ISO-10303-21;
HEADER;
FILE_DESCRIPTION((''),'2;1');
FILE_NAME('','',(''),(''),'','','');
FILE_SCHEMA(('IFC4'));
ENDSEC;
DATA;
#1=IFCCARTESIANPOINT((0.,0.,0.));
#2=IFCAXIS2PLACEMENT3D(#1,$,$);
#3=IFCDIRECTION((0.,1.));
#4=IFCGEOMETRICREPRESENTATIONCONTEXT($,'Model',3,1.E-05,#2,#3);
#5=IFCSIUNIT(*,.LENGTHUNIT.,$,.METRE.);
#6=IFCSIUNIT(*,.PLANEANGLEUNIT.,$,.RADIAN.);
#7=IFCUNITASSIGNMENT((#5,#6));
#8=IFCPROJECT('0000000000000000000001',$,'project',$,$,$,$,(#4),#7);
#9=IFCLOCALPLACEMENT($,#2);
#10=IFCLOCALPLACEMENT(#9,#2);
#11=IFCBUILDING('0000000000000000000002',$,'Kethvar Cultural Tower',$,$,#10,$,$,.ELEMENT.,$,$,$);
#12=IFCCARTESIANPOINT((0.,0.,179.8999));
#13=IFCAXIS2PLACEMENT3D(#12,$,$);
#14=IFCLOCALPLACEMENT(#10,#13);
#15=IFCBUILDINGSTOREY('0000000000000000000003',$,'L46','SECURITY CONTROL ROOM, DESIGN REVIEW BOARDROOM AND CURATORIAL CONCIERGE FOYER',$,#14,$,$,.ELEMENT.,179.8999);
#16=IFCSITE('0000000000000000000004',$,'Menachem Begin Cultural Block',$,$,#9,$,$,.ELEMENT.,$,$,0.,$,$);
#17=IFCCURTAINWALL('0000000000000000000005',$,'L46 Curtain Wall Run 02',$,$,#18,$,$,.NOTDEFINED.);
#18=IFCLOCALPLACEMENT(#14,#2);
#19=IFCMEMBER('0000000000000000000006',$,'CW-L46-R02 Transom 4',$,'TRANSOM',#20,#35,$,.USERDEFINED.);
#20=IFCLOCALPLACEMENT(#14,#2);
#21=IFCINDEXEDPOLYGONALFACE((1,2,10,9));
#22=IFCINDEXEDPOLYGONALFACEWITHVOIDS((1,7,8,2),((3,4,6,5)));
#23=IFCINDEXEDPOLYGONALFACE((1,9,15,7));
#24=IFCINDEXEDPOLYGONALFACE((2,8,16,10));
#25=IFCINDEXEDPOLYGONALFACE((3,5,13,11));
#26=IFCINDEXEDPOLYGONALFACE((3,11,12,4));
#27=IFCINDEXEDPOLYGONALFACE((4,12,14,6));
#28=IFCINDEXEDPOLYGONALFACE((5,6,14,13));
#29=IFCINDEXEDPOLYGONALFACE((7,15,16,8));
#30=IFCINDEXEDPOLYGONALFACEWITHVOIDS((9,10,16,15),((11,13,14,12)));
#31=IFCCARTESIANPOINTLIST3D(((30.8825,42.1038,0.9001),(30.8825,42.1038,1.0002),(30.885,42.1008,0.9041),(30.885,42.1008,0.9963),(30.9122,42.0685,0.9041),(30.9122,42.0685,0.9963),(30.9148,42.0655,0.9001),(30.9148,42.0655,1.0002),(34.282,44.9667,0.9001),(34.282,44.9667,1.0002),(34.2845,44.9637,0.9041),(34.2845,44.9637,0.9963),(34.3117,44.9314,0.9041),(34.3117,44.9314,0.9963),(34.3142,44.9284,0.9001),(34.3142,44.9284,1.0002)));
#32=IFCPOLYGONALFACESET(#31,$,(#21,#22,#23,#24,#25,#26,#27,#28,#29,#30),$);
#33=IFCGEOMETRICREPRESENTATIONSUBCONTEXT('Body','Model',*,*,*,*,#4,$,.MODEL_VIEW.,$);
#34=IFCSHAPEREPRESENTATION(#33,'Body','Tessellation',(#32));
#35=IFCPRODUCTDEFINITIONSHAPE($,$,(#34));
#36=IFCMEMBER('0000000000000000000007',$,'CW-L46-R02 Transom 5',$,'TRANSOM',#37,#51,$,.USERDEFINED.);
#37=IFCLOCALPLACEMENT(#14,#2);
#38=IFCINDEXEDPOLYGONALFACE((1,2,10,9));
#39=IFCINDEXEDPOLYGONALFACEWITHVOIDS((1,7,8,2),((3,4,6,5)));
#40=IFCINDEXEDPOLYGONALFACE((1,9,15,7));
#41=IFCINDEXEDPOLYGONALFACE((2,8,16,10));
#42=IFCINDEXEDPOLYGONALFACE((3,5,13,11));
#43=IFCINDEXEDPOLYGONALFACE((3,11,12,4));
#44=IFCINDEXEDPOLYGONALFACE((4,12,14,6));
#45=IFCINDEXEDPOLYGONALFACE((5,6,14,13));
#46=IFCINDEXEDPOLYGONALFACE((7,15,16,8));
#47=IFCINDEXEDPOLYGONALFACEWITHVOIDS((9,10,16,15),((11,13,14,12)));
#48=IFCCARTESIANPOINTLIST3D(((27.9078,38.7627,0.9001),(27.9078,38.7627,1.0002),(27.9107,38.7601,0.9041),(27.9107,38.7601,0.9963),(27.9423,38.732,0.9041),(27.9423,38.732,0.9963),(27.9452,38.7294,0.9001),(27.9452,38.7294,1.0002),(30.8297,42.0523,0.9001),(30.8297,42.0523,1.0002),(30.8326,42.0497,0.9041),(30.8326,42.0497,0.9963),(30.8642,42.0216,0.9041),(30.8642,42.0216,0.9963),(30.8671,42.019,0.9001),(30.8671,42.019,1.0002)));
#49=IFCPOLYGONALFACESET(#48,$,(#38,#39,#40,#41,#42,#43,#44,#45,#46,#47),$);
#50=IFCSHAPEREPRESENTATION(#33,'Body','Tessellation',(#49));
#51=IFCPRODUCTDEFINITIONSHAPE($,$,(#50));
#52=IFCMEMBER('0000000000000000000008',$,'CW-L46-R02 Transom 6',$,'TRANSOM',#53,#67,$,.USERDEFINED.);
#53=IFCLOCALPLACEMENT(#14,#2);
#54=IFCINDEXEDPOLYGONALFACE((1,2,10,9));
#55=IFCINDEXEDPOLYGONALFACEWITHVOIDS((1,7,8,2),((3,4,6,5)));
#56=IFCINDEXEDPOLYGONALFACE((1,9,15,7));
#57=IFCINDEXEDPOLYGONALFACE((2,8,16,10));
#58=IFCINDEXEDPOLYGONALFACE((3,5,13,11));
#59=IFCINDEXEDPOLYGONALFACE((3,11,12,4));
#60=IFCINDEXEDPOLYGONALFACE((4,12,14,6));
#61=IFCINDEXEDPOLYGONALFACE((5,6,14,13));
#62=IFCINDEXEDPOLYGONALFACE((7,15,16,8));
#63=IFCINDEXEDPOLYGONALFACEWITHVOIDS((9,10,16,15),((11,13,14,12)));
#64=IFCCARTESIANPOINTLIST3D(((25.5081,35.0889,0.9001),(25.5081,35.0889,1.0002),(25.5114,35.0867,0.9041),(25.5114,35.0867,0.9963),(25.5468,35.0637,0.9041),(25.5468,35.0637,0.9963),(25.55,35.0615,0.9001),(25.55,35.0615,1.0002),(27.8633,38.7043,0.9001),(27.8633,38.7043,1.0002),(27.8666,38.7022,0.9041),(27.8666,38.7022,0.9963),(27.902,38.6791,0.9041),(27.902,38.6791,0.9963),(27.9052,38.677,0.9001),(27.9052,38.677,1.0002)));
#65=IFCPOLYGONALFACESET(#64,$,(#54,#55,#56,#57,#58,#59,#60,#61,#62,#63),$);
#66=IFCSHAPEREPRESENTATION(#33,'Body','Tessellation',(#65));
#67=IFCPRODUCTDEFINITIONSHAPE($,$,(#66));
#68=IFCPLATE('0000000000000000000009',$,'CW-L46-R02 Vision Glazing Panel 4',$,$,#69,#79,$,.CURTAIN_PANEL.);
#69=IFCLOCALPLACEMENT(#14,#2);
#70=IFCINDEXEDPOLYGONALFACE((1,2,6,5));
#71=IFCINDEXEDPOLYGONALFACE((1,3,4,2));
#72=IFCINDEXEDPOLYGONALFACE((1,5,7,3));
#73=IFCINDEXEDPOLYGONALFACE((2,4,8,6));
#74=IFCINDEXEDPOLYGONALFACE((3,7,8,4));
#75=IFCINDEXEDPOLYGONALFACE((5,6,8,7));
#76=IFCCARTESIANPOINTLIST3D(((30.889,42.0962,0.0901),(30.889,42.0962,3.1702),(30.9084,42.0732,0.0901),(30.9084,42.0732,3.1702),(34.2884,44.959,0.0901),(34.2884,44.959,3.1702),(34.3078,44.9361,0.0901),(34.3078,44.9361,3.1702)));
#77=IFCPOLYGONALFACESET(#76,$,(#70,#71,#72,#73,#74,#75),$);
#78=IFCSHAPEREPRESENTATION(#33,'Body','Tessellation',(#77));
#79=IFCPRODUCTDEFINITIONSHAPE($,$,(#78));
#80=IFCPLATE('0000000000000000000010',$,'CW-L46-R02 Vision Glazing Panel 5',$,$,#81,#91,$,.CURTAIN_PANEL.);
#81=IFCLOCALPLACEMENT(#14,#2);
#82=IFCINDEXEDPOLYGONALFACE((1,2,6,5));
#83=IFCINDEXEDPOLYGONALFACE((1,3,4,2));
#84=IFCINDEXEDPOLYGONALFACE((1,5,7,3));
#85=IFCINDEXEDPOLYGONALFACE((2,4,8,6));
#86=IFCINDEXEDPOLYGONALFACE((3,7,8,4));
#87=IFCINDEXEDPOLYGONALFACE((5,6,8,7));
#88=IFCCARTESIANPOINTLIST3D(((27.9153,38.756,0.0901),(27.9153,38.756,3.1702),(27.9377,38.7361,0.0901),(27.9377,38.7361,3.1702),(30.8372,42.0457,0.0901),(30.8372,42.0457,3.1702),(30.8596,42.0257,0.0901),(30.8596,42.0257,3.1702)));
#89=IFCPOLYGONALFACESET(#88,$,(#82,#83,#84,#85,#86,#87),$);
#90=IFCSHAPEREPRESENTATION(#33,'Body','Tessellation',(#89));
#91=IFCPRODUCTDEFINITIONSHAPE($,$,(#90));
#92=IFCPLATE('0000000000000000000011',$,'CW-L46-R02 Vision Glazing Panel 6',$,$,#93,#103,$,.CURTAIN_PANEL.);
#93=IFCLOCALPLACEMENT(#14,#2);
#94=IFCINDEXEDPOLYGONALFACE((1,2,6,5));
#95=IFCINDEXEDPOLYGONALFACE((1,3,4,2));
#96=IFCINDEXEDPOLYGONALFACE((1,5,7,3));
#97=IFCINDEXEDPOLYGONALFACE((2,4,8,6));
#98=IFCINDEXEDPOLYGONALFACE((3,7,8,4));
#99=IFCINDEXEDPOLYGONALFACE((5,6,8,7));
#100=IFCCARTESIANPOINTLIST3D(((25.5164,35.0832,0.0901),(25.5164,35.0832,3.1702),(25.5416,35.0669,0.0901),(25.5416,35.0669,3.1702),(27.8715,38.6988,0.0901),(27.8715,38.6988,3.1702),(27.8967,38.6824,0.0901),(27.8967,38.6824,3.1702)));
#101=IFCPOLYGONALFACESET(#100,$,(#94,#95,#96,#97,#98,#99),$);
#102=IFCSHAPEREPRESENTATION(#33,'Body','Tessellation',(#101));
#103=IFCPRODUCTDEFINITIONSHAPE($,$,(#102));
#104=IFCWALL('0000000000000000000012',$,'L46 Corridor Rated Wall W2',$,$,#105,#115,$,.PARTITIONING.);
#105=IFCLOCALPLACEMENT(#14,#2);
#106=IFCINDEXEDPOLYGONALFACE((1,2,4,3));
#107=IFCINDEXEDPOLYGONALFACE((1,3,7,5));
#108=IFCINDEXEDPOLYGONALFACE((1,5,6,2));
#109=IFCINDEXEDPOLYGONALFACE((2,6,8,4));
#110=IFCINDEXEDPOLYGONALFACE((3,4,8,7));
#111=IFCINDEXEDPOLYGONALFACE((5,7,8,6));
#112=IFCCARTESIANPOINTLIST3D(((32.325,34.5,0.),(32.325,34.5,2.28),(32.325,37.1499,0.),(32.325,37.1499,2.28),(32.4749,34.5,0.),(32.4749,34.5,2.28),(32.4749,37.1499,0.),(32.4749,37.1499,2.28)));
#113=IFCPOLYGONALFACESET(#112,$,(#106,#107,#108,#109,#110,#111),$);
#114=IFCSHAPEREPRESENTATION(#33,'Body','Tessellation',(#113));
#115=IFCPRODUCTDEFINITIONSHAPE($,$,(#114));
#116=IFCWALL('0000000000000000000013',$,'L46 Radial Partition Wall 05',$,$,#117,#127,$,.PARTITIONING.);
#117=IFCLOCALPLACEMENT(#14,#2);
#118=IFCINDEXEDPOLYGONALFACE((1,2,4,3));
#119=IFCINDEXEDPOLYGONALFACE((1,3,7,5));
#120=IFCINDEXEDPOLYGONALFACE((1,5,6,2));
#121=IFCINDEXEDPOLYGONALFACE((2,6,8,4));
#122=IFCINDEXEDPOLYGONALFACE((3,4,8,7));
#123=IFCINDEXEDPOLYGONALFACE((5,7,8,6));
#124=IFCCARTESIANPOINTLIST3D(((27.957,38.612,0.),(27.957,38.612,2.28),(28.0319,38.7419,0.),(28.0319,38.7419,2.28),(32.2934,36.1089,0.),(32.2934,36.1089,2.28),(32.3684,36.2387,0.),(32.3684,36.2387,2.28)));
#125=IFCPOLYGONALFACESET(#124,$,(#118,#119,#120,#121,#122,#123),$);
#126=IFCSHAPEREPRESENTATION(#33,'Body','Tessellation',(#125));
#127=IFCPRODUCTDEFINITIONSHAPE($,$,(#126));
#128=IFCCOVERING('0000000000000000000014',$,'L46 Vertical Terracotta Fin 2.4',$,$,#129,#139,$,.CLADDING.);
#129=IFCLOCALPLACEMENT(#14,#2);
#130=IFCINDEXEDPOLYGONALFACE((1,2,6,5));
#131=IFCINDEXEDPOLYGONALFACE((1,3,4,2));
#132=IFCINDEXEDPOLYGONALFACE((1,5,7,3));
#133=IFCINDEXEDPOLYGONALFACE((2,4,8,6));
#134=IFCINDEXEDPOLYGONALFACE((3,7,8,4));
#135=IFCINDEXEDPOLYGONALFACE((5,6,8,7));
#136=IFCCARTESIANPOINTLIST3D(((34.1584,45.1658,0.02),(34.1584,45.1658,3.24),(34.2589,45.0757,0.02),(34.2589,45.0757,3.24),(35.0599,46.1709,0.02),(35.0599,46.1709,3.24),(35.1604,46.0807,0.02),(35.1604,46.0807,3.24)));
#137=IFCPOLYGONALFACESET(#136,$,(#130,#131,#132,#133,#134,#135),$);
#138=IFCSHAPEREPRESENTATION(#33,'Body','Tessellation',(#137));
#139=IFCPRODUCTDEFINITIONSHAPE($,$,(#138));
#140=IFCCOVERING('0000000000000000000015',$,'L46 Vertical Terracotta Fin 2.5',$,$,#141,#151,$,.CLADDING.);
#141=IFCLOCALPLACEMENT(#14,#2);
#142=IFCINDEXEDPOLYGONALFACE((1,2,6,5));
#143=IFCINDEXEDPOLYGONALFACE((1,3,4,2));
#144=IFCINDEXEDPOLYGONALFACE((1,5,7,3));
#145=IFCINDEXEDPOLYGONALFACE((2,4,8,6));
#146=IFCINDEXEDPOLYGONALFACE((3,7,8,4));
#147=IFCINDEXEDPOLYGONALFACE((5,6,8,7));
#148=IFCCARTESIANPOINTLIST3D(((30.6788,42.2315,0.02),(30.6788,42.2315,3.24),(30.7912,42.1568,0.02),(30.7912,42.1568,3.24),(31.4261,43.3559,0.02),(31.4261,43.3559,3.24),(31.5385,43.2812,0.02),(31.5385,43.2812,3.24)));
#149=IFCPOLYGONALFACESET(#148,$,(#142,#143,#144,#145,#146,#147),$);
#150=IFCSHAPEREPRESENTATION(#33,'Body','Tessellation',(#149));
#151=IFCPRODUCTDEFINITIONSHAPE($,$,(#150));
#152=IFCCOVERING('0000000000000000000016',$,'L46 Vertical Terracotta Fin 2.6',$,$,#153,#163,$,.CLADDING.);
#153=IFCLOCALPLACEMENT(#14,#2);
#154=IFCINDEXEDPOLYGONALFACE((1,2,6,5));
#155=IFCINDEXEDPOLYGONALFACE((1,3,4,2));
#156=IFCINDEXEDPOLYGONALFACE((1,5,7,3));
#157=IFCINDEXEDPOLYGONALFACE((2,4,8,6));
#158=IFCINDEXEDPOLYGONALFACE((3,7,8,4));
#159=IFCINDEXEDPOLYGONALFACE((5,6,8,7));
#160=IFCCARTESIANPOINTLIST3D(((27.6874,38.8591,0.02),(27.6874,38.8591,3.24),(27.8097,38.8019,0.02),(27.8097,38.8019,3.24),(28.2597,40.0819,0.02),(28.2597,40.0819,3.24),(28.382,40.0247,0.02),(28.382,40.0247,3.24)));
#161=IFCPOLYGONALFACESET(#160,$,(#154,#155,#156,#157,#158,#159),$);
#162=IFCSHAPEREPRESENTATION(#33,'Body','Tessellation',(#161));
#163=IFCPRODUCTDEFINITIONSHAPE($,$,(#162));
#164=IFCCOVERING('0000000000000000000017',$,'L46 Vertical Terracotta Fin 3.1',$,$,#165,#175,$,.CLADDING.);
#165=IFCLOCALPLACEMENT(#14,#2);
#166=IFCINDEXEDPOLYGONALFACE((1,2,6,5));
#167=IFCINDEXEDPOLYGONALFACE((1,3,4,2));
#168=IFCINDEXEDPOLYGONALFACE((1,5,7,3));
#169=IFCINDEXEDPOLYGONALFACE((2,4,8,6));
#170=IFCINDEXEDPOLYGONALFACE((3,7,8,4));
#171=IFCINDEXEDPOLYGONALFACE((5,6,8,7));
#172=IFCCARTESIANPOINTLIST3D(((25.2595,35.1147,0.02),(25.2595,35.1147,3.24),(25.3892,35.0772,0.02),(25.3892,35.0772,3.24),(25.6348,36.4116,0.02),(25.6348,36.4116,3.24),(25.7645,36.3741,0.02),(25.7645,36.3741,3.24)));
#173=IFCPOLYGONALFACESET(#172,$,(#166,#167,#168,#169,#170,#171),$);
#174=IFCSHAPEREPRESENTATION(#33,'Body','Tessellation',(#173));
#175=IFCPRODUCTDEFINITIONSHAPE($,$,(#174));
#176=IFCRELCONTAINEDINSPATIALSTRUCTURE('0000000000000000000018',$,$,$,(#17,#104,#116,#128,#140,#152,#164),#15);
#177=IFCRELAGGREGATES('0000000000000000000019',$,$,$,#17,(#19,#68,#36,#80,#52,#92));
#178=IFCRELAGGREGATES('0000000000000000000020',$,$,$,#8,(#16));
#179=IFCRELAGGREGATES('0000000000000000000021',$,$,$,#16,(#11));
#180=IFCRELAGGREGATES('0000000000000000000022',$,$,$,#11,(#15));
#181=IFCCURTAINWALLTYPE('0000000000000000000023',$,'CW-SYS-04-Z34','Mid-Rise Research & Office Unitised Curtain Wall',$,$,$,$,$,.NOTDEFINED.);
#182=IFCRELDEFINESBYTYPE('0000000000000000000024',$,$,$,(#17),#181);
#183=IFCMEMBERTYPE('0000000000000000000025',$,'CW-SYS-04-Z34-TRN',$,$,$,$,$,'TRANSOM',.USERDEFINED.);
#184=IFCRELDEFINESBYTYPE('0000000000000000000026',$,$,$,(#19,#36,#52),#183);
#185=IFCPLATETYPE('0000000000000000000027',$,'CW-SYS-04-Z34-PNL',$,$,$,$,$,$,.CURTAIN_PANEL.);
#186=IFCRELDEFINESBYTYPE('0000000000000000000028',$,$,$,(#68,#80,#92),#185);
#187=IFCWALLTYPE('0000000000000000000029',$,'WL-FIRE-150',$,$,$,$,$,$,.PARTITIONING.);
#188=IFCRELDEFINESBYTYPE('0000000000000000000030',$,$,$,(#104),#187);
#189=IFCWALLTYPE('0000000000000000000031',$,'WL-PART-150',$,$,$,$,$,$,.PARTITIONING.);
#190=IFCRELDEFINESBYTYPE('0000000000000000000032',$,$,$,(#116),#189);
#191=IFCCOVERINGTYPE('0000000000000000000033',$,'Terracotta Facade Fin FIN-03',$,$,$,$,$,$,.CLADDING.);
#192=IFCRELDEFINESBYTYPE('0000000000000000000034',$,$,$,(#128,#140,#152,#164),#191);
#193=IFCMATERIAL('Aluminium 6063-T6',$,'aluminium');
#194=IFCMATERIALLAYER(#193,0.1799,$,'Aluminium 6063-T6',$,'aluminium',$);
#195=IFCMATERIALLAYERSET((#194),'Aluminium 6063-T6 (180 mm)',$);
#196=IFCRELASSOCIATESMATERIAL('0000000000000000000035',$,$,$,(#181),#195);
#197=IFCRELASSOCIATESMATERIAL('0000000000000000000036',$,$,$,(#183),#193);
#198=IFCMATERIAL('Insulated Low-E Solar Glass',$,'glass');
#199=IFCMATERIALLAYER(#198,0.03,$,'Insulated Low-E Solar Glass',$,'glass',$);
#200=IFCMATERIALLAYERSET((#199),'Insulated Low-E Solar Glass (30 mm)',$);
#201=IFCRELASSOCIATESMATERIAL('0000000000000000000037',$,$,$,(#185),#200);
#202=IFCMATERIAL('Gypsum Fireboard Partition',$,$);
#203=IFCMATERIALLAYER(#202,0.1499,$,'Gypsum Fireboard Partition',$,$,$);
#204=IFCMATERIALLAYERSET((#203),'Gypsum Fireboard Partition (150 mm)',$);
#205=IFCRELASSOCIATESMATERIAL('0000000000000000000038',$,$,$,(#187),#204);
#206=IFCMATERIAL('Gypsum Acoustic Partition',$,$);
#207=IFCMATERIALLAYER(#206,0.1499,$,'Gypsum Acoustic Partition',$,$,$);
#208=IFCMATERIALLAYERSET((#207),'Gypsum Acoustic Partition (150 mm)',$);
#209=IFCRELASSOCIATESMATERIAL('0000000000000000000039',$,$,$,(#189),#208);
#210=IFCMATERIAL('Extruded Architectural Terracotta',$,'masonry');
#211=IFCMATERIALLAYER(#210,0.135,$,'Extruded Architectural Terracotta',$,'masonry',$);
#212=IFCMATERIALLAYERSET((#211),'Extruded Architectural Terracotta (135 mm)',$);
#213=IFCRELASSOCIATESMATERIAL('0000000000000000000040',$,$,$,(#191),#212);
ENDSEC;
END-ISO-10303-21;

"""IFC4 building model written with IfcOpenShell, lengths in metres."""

from ifc_helpers import new_model, si_unit, direction, frame, frame_2d, origin, origin_2d, place, context, subcontext, project, spatial, rectangle, hollow_rectangle, extrude, source, transform, mapped, material, layer, layer_set, material_profile, profile_set, type_object, element, aggregate, save


model = new_model("IFC4")

# Units and contexts
model_context = context("Model", 3, precision=1e-05, world=origin(), true_north=direction((0.0, 1.0)))
body_context = subcontext(model_context, "Body", "Model", "MODEL_VIEW")
ifc_project = project(units=[si_unit("LENGTHUNIT", "METRE"), si_unit("PLANEANGLEUNIT", "RADIAN")], contexts=[model_context])

# Site, building, storey
site_placement = place(None, origin())
site = spatial("IfcSite", under=ifc_project, at=site_placement, Name="Menachem Begin Cultural Block", CompositionType="ELEMENT", RefElevation=0.0)
building_placement = place(site_placement, origin())
building = spatial("IfcBuilding", under=site, at=building_placement, Name="Kethvar Cultural Tower", CompositionType="ELEMENT")
storey_placement = place(building_placement, frame((0.0, 0.0, 179.8999)))
storey = spatial("IfcBuildingStorey", under=building, at=storey_placement, Name="L46", Description="SECURITY CONTROL ROOM, DESIGN REVIEW BOARDROOM AND CURATORIAL CONCIERGE FOYER", CompositionType="ELEMENT", Elevation=179.8999)

# Curtain wall
ifc_material_1 = material(Name="Aluminium 6063-T6", Category="aluminium")
ifc_layer_1 = layer(ifc_material_1, 0.1799, Name="Aluminium 6063-T6", Category="aluminium")
ifc_layer_set_1 = layer_set([ifc_layer_1], Name="Aluminium 6063-T6 (180 mm)")
curtain_wall_type = type_object("IfcCurtainWallType", Name="CW-SYS-04-Z34", Description="Mid-Rise Research & Office Unitised Curtain Wall", PredefinedType="NOTDEFINED", material=ifc_layer_set_1)
curtain_wall_1_placement = place(storey_placement, origin())
curtain_wall_1 = element("IfcCurtainWall", 1, at=curtain_wall_1_placement, inside=storey, type_object=curtain_wall_type, Name="L46 Curtain Wall Run 02", PredefinedType="NOTDEFINED")

# Members
ifc_material_profile_1 = material_profile(ifc_material_1, hollow_rectangle(XDim=0.05, YDim=0.1001, WallThickness=0.0039, at=origin_2d()), Name="Aluminium 6063-T6 — RHS100x50x4")
ifc_profile_set_1 = profile_set([ifc_material_profile_1], Name="Aluminium 6063-T6 — RHS100x50x4")
member_type_1 = type_object("IfcMemberType", Name="CW-SYS-04-Z34-TRN", ElementType="TRANSOM", PredefinedType="USERDEFINED", material=ifc_profile_set_1)
shared_shape_1 = source(origin(), body_context, "Body", "SweptSolid", [
    extrude(hollow_rectangle(XDim=0.05, YDim=0.1001, WallThickness=0.0039, at=origin_2d()), origin(), (0.0, 0.0, 1.0), 4.4443),
])
member_1_placement = place(storey_placement, frame((34.2981, 44.9475, 0.9502), z_axis=(-0.764897, -0.644153, 0.0), x_axis=(0.644153, -0.764897, 0.0)))
member_1 = element("IfcMember", 2, at=member_1_placement, type_object=member_type_1, Name="CW-L46-R02 Transom 4", ObjectType="TRANSOM", PredefinedType="USERDEFINED", context=body_context, shape_type="MappedRepresentation", body=[
    mapped(shared_shape_1, transform((0.0, 0.0, 0.0), scale=1.0)),
])
shared_shape_2 = source(origin(), body_context, "Body", "SweptSolid", [
    extrude(hollow_rectangle(XDim=0.05, YDim=0.1001, WallThickness=0.0039, at=origin_2d()), origin(), (0.0, 0.0, 1.0), 4.3999),
])
member_2_placement = place(storey_placement, frame((30.8484, 42.0356, 0.9502), z_axis=(-0.664088, -0.747654, 0.0), x_axis=(0.747654, -0.664088, 0.0)))
member_2 = element("IfcMember", 3, at=member_2_placement, type_object=member_type_1, Name="CW-L46-R02 Transom 5", ObjectType="TRANSOM", PredefinedType="USERDEFINED", context=body_context, shape_type="MappedRepresentation", body=[
    mapped(shared_shape_2, transform((0.0, 0.0, 0.0), scale=1.0)),
])
shared_shape_3 = source(origin(), body_context, "Body", "SweptSolid", [
    extrude(hollow_rectangle(XDim=0.05, YDim=0.1001, WallThickness=0.0039, at=origin_2d()), origin(), (0.0, 0.0, 1.0), 4.3149),
])
member_3_placement = place(storey_placement, frame((27.8843, 38.6907, 0.9502), z_axis=(-0.545829, -0.837896, 0.0), x_axis=(0.837896, -0.545829, 0.0)))
member_3 = element("IfcMember", 4, at=member_3_placement, type_object=member_type_1, Name="CW-L46-R02 Transom 6", ObjectType="TRANSOM", PredefinedType="USERDEFINED", context=body_context, shape_type="MappedRepresentation", body=[
    mapped(shared_shape_3, transform((0.0, 0.0, 0.0), scale=1.0)),
])

# Plates
ifc_material_2 = material(Name="Insulated Low-E Solar Glass", Category="glass")
ifc_layer_2 = layer(ifc_material_2, 0.03, Name="Insulated Low-E Solar Glass", Category="glass")
ifc_layer_set_2 = layer_set([ifc_layer_2], Name="Insulated Low-E Solar Glass (30 mm)")
plate_type = type_object("IfcPlateType", Name="CW-SYS-04-Z34-PNL", PredefinedType="CURTAIN_PANEL", material=ifc_layer_set_2)
shared_shape_4 = source(origin(), body_context, "Body", "SweptSolid", [
    extrude(rectangle(XDim=4.4443, YDim=0.03, at=origin_2d()), origin(), (0.0, 0.0, 1.0), 3.0801),
])
plate_1_placement = place(storey_placement, frame((32.5984, 43.5161, 0.0901), z_axis=(0.0, 0.0, 1.0), x_axis=(-0.764888, -0.644164, 0.0)))
plate_1 = element("IfcPlate", 5, at=plate_1_placement, type_object=plate_type, Name="CW-L46-R02 Vision Glazing Panel 4", PredefinedType="CURTAIN_PANEL", context=body_context, shape_type="MappedRepresentation", body=[
    mapped(shared_shape_4, transform((0.0, 0.0, 0.0), scale=1.0)),
])
shared_shape_5 = source(origin(), body_context, "Body", "SweptSolid", [
    extrude(rectangle(XDim=4.3999, YDim=0.03, at=origin_2d()), origin(), (0.0, 0.0, 1.0), 3.0801),
])
plate_2_placement = place(storey_placement, frame((29.3875, 40.3909, 0.0901), z_axis=(0.0, 0.0, 1.0), x_axis=(-0.664083, -0.747659, 0.0)))
plate_2 = element("IfcPlate", 6, at=plate_2_placement, type_object=plate_type, Name="CW-L46-R02 Vision Glazing Panel 5", PredefinedType="CURTAIN_PANEL", context=body_context, shape_type="MappedRepresentation", body=[
    mapped(shared_shape_5, transform((0.0, 0.0, 0.0), scale=1.0)),
])
shared_shape_6 = source(origin(), body_context, "Body", "SweptSolid", [
    extrude(rectangle(XDim=4.3149, YDim=0.03, at=origin_2d()), origin(), (0.0, 0.0, 1.0), 3.0801),
])
plate_3_placement = place(storey_placement, frame((26.7065, 36.8828, 0.0901), z_axis=(0.0, 0.0, 1.0), x_axis=(-0.54581, -0.837909, 0.0)))
plate_3 = element("IfcPlate", 7, at=plate_3_placement, type_object=plate_type, Name="CW-L46-R02 Vision Glazing Panel 6", PredefinedType="CURTAIN_PANEL", context=body_context, shape_type="MappedRepresentation", body=[
    mapped(shared_shape_6, transform((0.0, 0.0, 0.0), scale=1.0)),
])
aggregate(curtain_wall_1, [member_1, plate_1, member_2, plate_2, member_3, plate_3])

# Walls
ifc_material_3 = material(Name="Gypsum Fireboard Partition")
ifc_layer_3 = layer(ifc_material_3, 0.1499, Name="Gypsum Fireboard Partition")
ifc_layer_set_3 = layer_set([ifc_layer_3], Name="Gypsum Fireboard Partition (150 mm)")
wall_type_1 = type_object("IfcWallType", Name="WL-FIRE-150", PredefinedType="PARTITIONING", material=ifc_layer_set_3)
wall_1_placement = place(storey_placement, frame((32.3999, 37.1499, 0.0), z_axis=(0.0, 0.0, 1.0), x_axis=(0.0, -1.0, 0.0)))
element("IfcWall", 8, at=wall_1_placement, inside=storey, type_object=wall_type_1, Name="L46 Corridor Rated Wall W2", PredefinedType="PARTITIONING", context=body_context, shape_type="SweptSolid", body=[
    extrude(rectangle(XDim=2.6499, YDim=0.1499, at=frame_2d((1.325, 0.0))), origin(), (0.0, 0.0, 1.0), 2.28),
])
ifc_material_4 = material(Name="Gypsum Acoustic Partition")
ifc_layer_4 = layer(ifc_material_4, 0.1499, Name="Gypsum Acoustic Partition")
ifc_layer_set_4 = layer_set([ifc_layer_4], Name="Gypsum Acoustic Partition (150 mm)")
wall_type_2 = type_object("IfcWallType", Name="WL-PART-150", PredefinedType="PARTITIONING", material=ifc_layer_set_4)
wall_2_placement = place(storey_placement, frame((32.3308, 36.1738, 0.0), z_axis=(0.0, 0.0, 1.0), x_axis=(-0.866065, 0.499931, 0.0)))
element("IfcWall", 9, at=wall_2_placement, inside=storey, type_object=wall_type_2, Name="L46 Radial Partition Wall 05", PredefinedType="PARTITIONING", context=body_context, shape_type="SweptSolid", body=[
    extrude(rectangle(XDim=5.0071, YDim=0.1499, at=frame_2d((2.5034, 0.0))), origin(), (0.0, 0.0, 1.0), 2.28),
])

# Coverings
ifc_material_5 = material(Name="Extruded Architectural Terracotta", Category="masonry")
ifc_layer_5 = layer(ifc_material_5, 0.135, Name="Extruded Architectural Terracotta", Category="masonry")
ifc_layer_set_5 = layer_set([ifc_layer_5], Name="Extruded Architectural Terracotta (135 mm)")
covering_type = type_object("IfcCoveringType", Name="Terracotta Facade Fin FIN-03", PredefinedType="CLADDING", material=ifc_layer_set_5)
shared_shape_7 = source(origin(), body_context, "Body", "SweptSolid", [
    extrude(rectangle(XDim=1.3501, YDim=0.135, at=origin_2d()), origin(), (0.0, 0.0, 1.0), 3.22),
])
for number, where, z_axis, x_axis, name in (
    (10, (34.6594, 45.6233, 0.02), (0.0, 0.0, 1.0), (0.667703, 0.744428, 0.0), "L46 Vertical Terracotta Fin 2.4"),
    (11, (31.1086, 42.7563, 0.02), (0.0, 0.0, 1.0), (0.553537, 0.832825, 0.0), "L46 Vertical Terracotta Fin 2.5"),
    (12, (28.0347, 39.4419, 0.02), (0.0, 0.0, 1.0), (0.423883, 0.905717, 0.0), "L46 Vertical Terracotta Fin 2.6"),
    (13, (25.512, 35.7444, 0.02), (0.0, 0.0, 1.0), (0.277985, 0.960585, 0.0), "L46 Vertical Terracotta Fin 3.1"),
):
    element("IfcCovering", number, at=place(storey_placement, frame(where, z_axis=z_axis, x_axis=x_axis)), inside=storey, type_object=covering_type, Name=name, PredefinedType="CLADDING", context=body_context, shape_type="MappedRepresentation", body=[
        mapped(shared_shape_7, transform((0.0, 0.0, 0.0), scale=1.0)),
    ])

save(model, "model.ifc")
